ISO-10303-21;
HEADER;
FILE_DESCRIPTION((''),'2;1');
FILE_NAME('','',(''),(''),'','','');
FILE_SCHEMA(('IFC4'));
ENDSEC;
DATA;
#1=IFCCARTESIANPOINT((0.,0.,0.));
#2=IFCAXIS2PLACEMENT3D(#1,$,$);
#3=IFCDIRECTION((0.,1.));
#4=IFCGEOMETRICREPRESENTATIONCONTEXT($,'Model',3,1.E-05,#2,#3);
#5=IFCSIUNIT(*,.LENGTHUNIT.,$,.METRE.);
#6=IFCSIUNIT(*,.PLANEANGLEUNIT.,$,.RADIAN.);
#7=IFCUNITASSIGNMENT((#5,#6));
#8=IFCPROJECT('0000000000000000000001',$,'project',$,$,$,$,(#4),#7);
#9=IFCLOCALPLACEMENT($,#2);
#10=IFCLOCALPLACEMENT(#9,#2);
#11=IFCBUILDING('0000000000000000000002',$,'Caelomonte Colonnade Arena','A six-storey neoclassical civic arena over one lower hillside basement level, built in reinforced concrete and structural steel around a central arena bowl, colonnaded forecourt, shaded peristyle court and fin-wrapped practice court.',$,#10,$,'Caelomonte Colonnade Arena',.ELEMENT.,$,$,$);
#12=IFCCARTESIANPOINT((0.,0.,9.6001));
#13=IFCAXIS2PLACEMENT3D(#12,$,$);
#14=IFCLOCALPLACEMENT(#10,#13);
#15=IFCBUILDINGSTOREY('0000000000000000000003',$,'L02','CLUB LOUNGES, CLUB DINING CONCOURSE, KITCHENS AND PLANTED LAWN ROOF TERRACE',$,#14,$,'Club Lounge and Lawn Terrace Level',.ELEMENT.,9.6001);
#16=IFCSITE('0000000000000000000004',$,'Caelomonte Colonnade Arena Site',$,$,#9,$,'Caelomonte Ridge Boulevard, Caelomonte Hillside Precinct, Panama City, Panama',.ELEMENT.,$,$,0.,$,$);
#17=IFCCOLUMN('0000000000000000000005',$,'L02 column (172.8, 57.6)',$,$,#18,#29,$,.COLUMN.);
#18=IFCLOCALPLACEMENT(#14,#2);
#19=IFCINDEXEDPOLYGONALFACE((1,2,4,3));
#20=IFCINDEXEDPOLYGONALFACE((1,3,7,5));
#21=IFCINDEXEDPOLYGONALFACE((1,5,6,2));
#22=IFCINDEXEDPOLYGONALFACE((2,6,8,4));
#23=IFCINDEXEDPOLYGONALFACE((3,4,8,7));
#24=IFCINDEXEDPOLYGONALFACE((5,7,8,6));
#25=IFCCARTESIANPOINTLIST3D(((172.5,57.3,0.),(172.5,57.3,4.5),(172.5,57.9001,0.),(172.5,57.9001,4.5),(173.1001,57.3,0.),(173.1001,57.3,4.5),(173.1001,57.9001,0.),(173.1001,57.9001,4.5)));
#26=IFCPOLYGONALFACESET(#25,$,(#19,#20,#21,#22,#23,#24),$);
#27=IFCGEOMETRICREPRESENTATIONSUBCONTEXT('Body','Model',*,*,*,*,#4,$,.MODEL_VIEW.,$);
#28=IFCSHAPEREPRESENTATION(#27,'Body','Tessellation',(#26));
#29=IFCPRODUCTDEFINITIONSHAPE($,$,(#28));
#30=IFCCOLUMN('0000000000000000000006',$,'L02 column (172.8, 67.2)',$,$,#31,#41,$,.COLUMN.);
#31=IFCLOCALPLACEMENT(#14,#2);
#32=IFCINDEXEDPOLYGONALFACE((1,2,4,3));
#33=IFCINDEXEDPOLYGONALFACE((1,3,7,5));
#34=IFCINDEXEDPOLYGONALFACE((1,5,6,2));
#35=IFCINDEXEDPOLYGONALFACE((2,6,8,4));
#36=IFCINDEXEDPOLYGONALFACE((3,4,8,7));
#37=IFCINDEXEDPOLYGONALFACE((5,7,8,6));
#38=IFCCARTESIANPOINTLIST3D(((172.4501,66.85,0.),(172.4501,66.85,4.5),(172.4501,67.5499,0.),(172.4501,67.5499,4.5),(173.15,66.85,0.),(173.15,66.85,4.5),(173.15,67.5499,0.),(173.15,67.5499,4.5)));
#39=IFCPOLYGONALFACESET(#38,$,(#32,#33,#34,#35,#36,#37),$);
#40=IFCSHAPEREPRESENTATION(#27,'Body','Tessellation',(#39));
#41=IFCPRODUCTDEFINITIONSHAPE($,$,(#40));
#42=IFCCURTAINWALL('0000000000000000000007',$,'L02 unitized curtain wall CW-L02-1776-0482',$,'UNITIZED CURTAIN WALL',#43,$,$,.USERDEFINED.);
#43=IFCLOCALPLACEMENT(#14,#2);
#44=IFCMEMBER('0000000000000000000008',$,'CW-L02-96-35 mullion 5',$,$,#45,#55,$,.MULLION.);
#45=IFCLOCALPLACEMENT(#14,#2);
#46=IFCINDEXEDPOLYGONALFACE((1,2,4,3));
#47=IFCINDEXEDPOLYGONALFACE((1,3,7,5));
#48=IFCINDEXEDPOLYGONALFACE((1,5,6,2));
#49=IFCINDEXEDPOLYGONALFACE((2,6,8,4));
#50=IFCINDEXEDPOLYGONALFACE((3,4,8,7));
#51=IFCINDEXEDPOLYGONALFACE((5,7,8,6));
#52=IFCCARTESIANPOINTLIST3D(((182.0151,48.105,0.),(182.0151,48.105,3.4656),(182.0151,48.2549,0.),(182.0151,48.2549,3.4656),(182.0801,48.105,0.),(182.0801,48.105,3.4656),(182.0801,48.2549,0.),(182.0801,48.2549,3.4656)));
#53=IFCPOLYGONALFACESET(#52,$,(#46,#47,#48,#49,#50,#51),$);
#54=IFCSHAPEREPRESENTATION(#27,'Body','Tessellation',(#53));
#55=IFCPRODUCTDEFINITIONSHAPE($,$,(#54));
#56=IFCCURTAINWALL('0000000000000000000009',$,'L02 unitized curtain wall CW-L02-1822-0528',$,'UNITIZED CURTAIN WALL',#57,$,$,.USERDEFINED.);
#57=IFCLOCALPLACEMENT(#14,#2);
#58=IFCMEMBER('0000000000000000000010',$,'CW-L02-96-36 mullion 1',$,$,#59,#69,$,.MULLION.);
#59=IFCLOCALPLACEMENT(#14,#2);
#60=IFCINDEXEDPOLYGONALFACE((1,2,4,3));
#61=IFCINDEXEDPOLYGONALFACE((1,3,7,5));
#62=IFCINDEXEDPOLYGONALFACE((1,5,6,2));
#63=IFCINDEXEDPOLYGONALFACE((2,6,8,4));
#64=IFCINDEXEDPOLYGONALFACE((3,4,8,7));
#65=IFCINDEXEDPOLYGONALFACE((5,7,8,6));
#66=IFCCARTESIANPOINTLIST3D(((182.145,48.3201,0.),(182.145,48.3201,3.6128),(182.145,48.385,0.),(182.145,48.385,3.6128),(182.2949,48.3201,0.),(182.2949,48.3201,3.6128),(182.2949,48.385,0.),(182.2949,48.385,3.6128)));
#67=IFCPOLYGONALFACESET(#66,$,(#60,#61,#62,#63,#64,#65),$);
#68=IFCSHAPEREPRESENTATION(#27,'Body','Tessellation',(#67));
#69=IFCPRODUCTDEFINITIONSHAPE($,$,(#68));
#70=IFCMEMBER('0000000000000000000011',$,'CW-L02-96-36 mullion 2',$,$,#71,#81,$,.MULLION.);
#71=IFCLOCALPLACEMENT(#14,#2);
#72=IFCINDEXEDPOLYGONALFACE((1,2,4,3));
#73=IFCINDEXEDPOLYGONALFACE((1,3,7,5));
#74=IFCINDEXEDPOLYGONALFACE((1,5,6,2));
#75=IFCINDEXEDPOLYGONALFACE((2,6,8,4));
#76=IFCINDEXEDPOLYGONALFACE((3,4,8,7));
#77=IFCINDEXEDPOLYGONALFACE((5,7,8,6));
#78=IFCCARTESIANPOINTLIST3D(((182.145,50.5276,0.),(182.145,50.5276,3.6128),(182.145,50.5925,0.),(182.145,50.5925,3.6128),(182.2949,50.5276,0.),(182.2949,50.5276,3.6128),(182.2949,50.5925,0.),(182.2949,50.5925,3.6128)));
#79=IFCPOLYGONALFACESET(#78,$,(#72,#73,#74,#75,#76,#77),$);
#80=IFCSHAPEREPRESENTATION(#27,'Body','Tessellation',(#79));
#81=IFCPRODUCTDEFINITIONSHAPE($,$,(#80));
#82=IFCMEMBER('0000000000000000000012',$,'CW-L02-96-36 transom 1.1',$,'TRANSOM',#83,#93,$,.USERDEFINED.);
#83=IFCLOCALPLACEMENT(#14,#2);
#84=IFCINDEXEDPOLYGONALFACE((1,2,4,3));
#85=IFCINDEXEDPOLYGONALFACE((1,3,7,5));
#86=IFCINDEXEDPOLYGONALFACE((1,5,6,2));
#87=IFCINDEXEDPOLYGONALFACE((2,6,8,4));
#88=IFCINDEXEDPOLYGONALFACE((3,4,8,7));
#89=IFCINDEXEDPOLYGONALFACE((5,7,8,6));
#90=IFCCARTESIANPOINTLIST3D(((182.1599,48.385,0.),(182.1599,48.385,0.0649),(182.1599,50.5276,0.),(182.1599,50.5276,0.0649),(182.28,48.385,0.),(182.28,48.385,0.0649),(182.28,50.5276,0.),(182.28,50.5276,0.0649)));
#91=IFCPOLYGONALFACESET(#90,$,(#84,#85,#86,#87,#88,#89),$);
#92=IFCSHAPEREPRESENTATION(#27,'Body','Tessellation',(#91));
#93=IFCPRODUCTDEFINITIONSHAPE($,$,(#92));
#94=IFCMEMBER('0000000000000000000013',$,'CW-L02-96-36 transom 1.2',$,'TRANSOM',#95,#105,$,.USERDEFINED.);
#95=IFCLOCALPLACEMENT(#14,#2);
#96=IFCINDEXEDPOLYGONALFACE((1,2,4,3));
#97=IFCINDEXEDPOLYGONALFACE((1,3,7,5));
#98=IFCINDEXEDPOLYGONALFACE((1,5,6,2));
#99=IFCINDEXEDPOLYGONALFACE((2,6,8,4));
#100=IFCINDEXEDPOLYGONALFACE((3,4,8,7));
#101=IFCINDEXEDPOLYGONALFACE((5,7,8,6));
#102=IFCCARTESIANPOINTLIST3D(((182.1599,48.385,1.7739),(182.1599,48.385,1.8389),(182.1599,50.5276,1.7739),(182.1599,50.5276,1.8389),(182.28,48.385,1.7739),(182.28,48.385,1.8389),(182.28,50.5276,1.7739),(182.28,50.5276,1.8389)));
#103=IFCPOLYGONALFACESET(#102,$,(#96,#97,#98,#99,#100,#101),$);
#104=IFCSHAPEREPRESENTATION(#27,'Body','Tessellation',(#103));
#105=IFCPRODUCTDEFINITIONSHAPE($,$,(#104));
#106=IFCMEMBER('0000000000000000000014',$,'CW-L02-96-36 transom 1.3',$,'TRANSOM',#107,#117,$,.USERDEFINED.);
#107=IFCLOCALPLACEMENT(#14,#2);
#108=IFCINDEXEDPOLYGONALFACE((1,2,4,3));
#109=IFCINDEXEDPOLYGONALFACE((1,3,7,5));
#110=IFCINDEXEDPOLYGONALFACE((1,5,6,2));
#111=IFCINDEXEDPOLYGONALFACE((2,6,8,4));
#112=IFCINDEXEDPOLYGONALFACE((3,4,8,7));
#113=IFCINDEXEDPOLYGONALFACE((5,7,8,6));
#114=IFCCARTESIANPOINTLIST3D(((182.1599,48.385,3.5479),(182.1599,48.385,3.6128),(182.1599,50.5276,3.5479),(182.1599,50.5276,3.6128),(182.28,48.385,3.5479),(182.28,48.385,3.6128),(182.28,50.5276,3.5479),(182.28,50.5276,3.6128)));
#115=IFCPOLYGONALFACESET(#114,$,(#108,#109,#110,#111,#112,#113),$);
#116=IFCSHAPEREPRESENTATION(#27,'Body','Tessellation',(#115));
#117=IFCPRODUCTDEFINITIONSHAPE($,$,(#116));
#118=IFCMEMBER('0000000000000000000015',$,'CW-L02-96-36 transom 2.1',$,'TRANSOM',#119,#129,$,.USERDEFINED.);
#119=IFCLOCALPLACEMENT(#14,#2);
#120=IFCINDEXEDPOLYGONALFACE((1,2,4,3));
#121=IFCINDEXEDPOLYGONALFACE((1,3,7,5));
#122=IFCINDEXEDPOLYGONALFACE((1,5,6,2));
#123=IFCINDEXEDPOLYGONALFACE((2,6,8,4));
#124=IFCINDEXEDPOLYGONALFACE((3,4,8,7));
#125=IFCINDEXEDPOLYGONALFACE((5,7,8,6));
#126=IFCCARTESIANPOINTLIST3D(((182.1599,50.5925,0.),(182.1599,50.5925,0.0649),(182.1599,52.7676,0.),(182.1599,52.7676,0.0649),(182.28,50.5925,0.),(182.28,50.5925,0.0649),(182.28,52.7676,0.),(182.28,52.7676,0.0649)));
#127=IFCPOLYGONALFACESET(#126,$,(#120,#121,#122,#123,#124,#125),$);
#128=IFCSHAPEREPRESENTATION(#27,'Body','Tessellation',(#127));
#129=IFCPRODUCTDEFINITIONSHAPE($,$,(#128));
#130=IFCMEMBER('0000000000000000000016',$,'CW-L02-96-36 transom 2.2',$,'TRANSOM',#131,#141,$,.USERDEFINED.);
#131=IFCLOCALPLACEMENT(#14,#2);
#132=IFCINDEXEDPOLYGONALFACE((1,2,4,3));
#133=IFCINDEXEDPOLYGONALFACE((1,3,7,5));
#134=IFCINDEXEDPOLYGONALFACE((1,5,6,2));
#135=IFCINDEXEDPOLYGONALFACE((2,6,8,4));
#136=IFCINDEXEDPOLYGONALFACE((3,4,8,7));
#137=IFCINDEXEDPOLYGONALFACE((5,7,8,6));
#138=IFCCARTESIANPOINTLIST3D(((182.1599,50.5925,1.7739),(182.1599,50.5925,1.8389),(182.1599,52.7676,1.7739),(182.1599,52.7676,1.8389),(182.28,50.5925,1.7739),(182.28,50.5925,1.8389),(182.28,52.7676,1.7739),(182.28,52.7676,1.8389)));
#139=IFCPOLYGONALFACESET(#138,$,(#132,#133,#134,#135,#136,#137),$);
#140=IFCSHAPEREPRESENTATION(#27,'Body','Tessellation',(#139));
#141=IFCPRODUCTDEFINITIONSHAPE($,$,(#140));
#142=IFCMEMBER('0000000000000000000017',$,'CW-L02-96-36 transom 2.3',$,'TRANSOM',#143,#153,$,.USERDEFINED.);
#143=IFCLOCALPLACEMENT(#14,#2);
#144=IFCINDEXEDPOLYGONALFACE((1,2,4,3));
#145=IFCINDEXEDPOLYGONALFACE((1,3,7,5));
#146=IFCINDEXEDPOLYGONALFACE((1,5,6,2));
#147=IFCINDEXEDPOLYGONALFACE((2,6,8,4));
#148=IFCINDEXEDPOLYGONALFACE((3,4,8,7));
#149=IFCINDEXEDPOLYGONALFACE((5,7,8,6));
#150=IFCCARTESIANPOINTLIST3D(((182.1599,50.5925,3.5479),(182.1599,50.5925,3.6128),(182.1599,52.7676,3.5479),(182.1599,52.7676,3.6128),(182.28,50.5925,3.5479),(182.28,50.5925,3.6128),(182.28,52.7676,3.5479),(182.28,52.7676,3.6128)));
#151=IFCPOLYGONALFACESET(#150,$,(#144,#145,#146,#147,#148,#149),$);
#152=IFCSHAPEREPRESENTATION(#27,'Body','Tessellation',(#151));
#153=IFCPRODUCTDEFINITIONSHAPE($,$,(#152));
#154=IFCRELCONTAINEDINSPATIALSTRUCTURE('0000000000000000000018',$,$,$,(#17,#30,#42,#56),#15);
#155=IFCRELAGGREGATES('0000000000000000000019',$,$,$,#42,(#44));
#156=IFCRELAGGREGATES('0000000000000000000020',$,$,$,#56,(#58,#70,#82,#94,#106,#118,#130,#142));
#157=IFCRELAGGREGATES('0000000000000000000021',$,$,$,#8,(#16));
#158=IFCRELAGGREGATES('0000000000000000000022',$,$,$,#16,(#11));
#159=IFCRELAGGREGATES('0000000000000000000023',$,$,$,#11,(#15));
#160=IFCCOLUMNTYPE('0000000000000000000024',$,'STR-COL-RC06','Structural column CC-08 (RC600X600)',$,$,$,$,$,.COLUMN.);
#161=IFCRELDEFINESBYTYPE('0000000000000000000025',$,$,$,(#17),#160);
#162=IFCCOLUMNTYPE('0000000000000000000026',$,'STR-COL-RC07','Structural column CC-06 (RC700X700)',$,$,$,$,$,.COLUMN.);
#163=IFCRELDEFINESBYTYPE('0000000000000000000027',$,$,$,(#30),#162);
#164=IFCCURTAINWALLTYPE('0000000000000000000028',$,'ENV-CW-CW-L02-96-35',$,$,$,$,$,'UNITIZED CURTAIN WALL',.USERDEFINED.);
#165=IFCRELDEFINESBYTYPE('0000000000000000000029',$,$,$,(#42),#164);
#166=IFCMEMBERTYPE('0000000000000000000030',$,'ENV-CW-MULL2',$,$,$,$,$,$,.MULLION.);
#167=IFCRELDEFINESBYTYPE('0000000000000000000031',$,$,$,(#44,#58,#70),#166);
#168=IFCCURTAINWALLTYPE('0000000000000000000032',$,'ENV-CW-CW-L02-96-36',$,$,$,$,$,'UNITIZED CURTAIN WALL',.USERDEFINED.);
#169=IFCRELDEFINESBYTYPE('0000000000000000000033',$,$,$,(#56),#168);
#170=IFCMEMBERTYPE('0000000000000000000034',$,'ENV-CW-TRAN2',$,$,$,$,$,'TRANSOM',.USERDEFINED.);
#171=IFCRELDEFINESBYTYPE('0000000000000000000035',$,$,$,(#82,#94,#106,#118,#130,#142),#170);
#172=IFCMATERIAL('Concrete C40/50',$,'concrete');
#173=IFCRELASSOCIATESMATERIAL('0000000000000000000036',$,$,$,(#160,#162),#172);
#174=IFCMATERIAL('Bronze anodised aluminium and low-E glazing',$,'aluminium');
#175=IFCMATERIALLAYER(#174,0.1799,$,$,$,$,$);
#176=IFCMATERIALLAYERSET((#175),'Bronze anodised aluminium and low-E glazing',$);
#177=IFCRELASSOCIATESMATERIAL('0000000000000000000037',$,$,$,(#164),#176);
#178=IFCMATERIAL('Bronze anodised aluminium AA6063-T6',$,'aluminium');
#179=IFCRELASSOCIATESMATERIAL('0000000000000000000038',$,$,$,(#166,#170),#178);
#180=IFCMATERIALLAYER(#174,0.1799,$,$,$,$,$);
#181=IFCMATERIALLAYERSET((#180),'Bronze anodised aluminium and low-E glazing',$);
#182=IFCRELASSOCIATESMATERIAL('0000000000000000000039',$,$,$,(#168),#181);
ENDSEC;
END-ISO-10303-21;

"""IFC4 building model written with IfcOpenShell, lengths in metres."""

from ifc_helpers import new_model, si_unit, direction, frame, origin, origin_2d, place, context, subcontext, project, spatial, rectangle, extrude, material, layer, layer_set, material_profile, profile_set, type_object, element, aggregate, save


model = new_model("IFC4")

# Units and contexts
model_context = context("Model", 3, precision=1e-05, world=origin(), true_north=direction((0.0, 1.0)))
body_context = subcontext(model_context, "Body", "Model", "MODEL_VIEW")
ifc_project = project(units=[si_unit("LENGTHUNIT", "METRE"), si_unit("PLANEANGLEUNIT", "RADIAN")], contexts=[model_context])

# Site, building, storey
site_placement = place(None, origin())
site = spatial("IfcSite", under=ifc_project, at=site_placement, Name="Caelomonte Colonnade Arena Site", LongName="Caelomonte Ridge Boulevard, Caelomonte Hillside Precinct, Panama City, Panama", CompositionType="ELEMENT", RefElevation=0.0)
building_placement = place(site_placement, origin())
building = spatial("IfcBuilding", under=site, at=building_placement, Name="Caelomonte Colonnade Arena", Description="A six-storey neoclassical civic arena over one lower hillside basement level, built in reinforced concrete and structural steel around a central arena bowl, colonnaded forecourt, shaded peristyle court and fin-wrapped practice court.", LongName="Caelomonte Colonnade Arena", CompositionType="ELEMENT")
storey_placement = place(building_placement, frame((0.0, 0.0, 9.6001)))
storey = spatial("IfcBuildingStorey", under=building, at=storey_placement, Name="L02", Description="CLUB LOUNGES, CLUB DINING CONCOURSE, KITCHENS AND PLANTED LAWN ROOF TERRACE", LongName="Club Lounge and Lawn Terrace Level", CompositionType="ELEMENT", Elevation=9.6001)

# Columns
ifc_material_1 = material(Name="Concrete C40/50", Category="concrete")
ifc_material_profile_1 = material_profile(ifc_material_1, rectangle(XDim=0.6001, YDim=0.6001, at=origin_2d()), Name="RC600X600")
ifc_profile_set_1 = profile_set([ifc_material_profile_1], Name="Concrete C40/50")
column_type_1 = type_object("IfcColumnType", Name="STR-COL-RC06", Description="Structural column CC-08 (RC600X600)", PredefinedType="COLUMN", material=ifc_profile_set_1)
column_1_placement = place(storey_placement, frame((172.8, 57.6001, 0.0), z_axis=(0.0, 0.0, 1.0), x_axis=(1.0, 0.0, 0.0)))
element("IfcColumn", 1, at=column_1_placement, inside=storey, type_object=column_type_1, Name="L02 column (172.8, 57.6)", PredefinedType="COLUMN", context=body_context, shape_type="SweptSolid", body=[
    extrude(rectangle(XDim=0.6001, YDim=0.6001, at=origin_2d()), origin(), (0.0, 0.0, 1.0), 4.5),
])
ifc_material_profile_2 = material_profile(ifc_material_1, rectangle(XDim=0.7, YDim=0.7, at=origin_2d()), Name="RC700X700")
ifc_profile_set_2 = profile_set([ifc_material_profile_2], Name="Concrete C40/50")
column_type_2 = type_object("IfcColumnType", Name="STR-COL-RC07", Description="Structural column CC-06 (RC700X700)", PredefinedType="COLUMN", material=ifc_profile_set_2)
column_2_placement = place(storey_placement, frame((172.8, 67.2, 0.0), z_axis=(0.0, 0.0, 1.0), x_axis=(1.0, 0.0, 0.0)))
element("IfcColumn", 2, at=column_2_placement, inside=storey, type_object=column_type_2, Name="L02 column (172.8, 67.2)", PredefinedType="COLUMN", context=body_context, shape_type="SweptSolid", body=[
    extrude(rectangle(XDim=0.7, YDim=0.7, at=origin_2d()), origin(), (0.0, 0.0, 1.0), 4.5),
])

# Curtain wall, member
ifc_material_2 = material(Name="Bronze anodised aluminium and low-E glazing", Category="aluminium")
ifc_layer_1 = layer(ifc_material_2, 0.1799)
ifc_layer_set_1 = layer_set([ifc_layer_1], Name="Bronze anodised aluminium and low-E glazing")
curtain_wall_type_1 = type_object("IfcCurtainWallType", Name="ENV-CW-CW-L02-96-35", ElementType="UNITIZED CURTAIN WALL", PredefinedType="USERDEFINED", material=ifc_layer_set_1)
curtain_wall_1_placement = place(storey_placement, origin())
curtain_wall_1 = element("IfcCurtainWall", 3, at=curtain_wall_1_placement, inside=storey, type_object=curtain_wall_type_1, Name="L02 unitized curtain wall CW-L02-1776-0482", ObjectType="UNITIZED CURTAIN WALL", PredefinedType="USERDEFINED")
ifc_material_3 = material(Name="Bronze anodised aluminium AA6063-T6", Category="aluminium")
ifc_material_profile_3 = material_profile(ifc_material_3, rectangle(XDim=0.0649, YDim=0.1499, at=origin_2d()), Name="CWM-65X150")
ifc_profile_set_3 = profile_set([ifc_material_profile_3], Name="Bronze anodised aluminium AA6063-T6")
member_type_1 = type_object("IfcMemberType", Name="ENV-CW-MULL2", PredefinedType="MULLION", material=ifc_profile_set_3)
member_1_placement = place(storey_placement, frame((182.0476, 48.1799, 0.0), z_axis=(0.0, 0.0, 1.0), x_axis=(1.0, 0.0, 0.0)))
member_1 = element("IfcMember", 4, at=member_1_placement, type_object=member_type_1, Name="CW-L02-96-35 mullion 5", PredefinedType="MULLION", context=body_context, shape_type="SweptSolid", body=[
    extrude(rectangle(XDim=0.0649, YDim=0.1499, at=origin_2d()), origin(), (0.0, 0.0, 1.0), 3.4656),
])

# Curtain wall, members
ifc_layer_2 = layer(ifc_material_2, 0.1799)
ifc_layer_set_2 = layer_set([ifc_layer_2], Name="Bronze anodised aluminium and low-E glazing")
curtain_wall_type_2 = type_object("IfcCurtainWallType", Name="ENV-CW-CW-L02-96-36", ElementType="UNITIZED CURTAIN WALL", PredefinedType="USERDEFINED", material=ifc_layer_set_2)
curtain_wall_2_placement = place(storey_placement, origin())
curtain_wall_2 = element("IfcCurtainWall", 5, at=curtain_wall_2_placement, inside=storey, type_object=curtain_wall_type_2, Name="L02 unitized curtain wall CW-L02-1822-0528", ObjectType="UNITIZED CURTAIN WALL", PredefinedType="USERDEFINED")
member_2_placement = place(storey_placement, frame((182.22, 48.3525, 0.0), z_axis=(0.0, 0.0, 1.0), x_axis=(0.0, 1.0, 0.0)))
member_2 = element("IfcMember", 6, at=member_2_placement, type_object=member_type_1, Name="CW-L02-96-36 mullion 1", PredefinedType="MULLION", context=body_context, shape_type="SweptSolid", body=[
    extrude(rectangle(XDim=0.0649, YDim=0.1499, at=origin_2d()), origin(), (0.0, 0.0, 1.0), 3.6128),
])
member_3_placement = place(storey_placement, frame((182.22, 50.5601, 0.0), z_axis=(0.0, 0.0, 1.0), x_axis=(0.0, 1.0, 0.0)))
member_3 = element("IfcMember", 7, at=member_3_placement, type_object=member_type_1, Name="CW-L02-96-36 mullion 2", PredefinedType="MULLION", context=body_context, shape_type="SweptSolid", body=[
    extrude(rectangle(XDim=0.0649, YDim=0.1499, at=origin_2d()), origin(), (0.0, 0.0, 1.0), 3.6128),
])
ifc_material_profile_4 = material_profile(ifc_material_3, rectangle(XDim=0.0649, YDim=0.1201, at=origin_2d()), Name="CWT-65X120")
ifc_profile_set_4 = profile_set([ifc_material_profile_4], Name="Bronze anodised aluminium AA6063-T6")
member_type_2 = type_object("IfcMemberType", Name="ENV-CW-TRAN2", ElementType="TRANSOM", PredefinedType="USERDEFINED", material=ifc_profile_set_4)
member_4_placement = place(storey_placement, frame((182.22, 48.385, 0.0325), z_axis=(0.0, 1.0, 0.0), x_axis=(0.0, 0.0, 1.0)))
member_4 = element("IfcMember", 8, at=member_4_placement, type_object=member_type_2, Name="CW-L02-96-36 transom 1.1", ObjectType="TRANSOM", PredefinedType="USERDEFINED", context=body_context, shape_type="SweptSolid", body=[
    extrude(rectangle(XDim=0.0649, YDim=0.1201, at=origin_2d()), origin(), (0.0, 0.0, 1.0), 2.1426),
])
member_5_placement = place(storey_placement, frame((182.22, 48.385, 1.8064), z_axis=(0.0, 1.0, 0.0), x_axis=(0.0, 0.0, 1.0)))
member_5 = element("IfcMember", 9, at=member_5_placement, type_object=member_type_2, Name="CW-L02-96-36 transom 1.2", ObjectType="TRANSOM", PredefinedType="USERDEFINED", context=body_context, shape_type="SweptSolid", body=[
    extrude(rectangle(XDim=0.0649, YDim=0.1201, at=origin_2d()), origin(), (0.0, 0.0, 1.0), 2.1426),
])
member_6_placement = place(storey_placement, frame((182.22, 48.385, 3.5803), z_axis=(0.0, 1.0, 0.0), x_axis=(0.0, 0.0, 1.0)))
member_6 = element("IfcMember", 10, at=member_6_placement, type_object=member_type_2, Name="CW-L02-96-36 transom 1.3", ObjectType="TRANSOM", PredefinedType="USERDEFINED", context=body_context, shape_type="SweptSolid", body=[
    extrude(rectangle(XDim=0.0649, YDim=0.1201, at=origin_2d()), origin(), (0.0, 0.0, 1.0), 2.1426),
])
member_7_placement = place(storey_placement, frame((182.22, 50.5925, 0.0325), z_axis=(0.0, 1.0, 0.0), x_axis=(0.0, 0.0, 1.0)))
member_7 = element("IfcMember", 11, at=member_7_placement, type_object=member_type_2, Name="CW-L02-96-36 transom 2.1", ObjectType="TRANSOM", PredefinedType="USERDEFINED", context=body_context, shape_type="SweptSolid", body=[
    extrude(rectangle(XDim=0.0649, YDim=0.1201, at=origin_2d()), origin(), (0.0, 0.0, 1.0), 2.175),
])
member_8_placement = place(storey_placement, frame((182.22, 50.5925, 1.8064), z_axis=(0.0, 1.0, 0.0), x_axis=(0.0, 0.0, 1.0)))
member_8 = element("IfcMember", 12, at=member_8_placement, type_object=member_type_2, Name="CW-L02-96-36 transom 2.2", ObjectType="TRANSOM", PredefinedType="USERDEFINED", context=body_context, shape_type="SweptSolid", body=[
    extrude(rectangle(XDim=0.0649, YDim=0.1201, at=origin_2d()), origin(), (0.0, 0.0, 1.0), 2.175),
])
member_9_placement = place(storey_placement, frame((182.22, 50.5925, 3.5803), z_axis=(0.0, 1.0, 0.0), x_axis=(0.0, 0.0, 1.0)))
member_9 = element("IfcMember", 13, at=member_9_placement, type_object=member_type_2, Name="CW-L02-96-36 transom 2.3", ObjectType="TRANSOM", PredefinedType="USERDEFINED", context=body_context, shape_type="SweptSolid", body=[
    extrude(rectangle(XDim=0.0649, YDim=0.1201, at=origin_2d()), origin(), (0.0, 0.0, 1.0), 2.175),
])

aggregate(curtain_wall_1, [member_1])
aggregate(curtain_wall_2, [member_2, member_3, member_4, member_5, member_6, member_7, member_8, member_9])

save(model, "model.ifc")
